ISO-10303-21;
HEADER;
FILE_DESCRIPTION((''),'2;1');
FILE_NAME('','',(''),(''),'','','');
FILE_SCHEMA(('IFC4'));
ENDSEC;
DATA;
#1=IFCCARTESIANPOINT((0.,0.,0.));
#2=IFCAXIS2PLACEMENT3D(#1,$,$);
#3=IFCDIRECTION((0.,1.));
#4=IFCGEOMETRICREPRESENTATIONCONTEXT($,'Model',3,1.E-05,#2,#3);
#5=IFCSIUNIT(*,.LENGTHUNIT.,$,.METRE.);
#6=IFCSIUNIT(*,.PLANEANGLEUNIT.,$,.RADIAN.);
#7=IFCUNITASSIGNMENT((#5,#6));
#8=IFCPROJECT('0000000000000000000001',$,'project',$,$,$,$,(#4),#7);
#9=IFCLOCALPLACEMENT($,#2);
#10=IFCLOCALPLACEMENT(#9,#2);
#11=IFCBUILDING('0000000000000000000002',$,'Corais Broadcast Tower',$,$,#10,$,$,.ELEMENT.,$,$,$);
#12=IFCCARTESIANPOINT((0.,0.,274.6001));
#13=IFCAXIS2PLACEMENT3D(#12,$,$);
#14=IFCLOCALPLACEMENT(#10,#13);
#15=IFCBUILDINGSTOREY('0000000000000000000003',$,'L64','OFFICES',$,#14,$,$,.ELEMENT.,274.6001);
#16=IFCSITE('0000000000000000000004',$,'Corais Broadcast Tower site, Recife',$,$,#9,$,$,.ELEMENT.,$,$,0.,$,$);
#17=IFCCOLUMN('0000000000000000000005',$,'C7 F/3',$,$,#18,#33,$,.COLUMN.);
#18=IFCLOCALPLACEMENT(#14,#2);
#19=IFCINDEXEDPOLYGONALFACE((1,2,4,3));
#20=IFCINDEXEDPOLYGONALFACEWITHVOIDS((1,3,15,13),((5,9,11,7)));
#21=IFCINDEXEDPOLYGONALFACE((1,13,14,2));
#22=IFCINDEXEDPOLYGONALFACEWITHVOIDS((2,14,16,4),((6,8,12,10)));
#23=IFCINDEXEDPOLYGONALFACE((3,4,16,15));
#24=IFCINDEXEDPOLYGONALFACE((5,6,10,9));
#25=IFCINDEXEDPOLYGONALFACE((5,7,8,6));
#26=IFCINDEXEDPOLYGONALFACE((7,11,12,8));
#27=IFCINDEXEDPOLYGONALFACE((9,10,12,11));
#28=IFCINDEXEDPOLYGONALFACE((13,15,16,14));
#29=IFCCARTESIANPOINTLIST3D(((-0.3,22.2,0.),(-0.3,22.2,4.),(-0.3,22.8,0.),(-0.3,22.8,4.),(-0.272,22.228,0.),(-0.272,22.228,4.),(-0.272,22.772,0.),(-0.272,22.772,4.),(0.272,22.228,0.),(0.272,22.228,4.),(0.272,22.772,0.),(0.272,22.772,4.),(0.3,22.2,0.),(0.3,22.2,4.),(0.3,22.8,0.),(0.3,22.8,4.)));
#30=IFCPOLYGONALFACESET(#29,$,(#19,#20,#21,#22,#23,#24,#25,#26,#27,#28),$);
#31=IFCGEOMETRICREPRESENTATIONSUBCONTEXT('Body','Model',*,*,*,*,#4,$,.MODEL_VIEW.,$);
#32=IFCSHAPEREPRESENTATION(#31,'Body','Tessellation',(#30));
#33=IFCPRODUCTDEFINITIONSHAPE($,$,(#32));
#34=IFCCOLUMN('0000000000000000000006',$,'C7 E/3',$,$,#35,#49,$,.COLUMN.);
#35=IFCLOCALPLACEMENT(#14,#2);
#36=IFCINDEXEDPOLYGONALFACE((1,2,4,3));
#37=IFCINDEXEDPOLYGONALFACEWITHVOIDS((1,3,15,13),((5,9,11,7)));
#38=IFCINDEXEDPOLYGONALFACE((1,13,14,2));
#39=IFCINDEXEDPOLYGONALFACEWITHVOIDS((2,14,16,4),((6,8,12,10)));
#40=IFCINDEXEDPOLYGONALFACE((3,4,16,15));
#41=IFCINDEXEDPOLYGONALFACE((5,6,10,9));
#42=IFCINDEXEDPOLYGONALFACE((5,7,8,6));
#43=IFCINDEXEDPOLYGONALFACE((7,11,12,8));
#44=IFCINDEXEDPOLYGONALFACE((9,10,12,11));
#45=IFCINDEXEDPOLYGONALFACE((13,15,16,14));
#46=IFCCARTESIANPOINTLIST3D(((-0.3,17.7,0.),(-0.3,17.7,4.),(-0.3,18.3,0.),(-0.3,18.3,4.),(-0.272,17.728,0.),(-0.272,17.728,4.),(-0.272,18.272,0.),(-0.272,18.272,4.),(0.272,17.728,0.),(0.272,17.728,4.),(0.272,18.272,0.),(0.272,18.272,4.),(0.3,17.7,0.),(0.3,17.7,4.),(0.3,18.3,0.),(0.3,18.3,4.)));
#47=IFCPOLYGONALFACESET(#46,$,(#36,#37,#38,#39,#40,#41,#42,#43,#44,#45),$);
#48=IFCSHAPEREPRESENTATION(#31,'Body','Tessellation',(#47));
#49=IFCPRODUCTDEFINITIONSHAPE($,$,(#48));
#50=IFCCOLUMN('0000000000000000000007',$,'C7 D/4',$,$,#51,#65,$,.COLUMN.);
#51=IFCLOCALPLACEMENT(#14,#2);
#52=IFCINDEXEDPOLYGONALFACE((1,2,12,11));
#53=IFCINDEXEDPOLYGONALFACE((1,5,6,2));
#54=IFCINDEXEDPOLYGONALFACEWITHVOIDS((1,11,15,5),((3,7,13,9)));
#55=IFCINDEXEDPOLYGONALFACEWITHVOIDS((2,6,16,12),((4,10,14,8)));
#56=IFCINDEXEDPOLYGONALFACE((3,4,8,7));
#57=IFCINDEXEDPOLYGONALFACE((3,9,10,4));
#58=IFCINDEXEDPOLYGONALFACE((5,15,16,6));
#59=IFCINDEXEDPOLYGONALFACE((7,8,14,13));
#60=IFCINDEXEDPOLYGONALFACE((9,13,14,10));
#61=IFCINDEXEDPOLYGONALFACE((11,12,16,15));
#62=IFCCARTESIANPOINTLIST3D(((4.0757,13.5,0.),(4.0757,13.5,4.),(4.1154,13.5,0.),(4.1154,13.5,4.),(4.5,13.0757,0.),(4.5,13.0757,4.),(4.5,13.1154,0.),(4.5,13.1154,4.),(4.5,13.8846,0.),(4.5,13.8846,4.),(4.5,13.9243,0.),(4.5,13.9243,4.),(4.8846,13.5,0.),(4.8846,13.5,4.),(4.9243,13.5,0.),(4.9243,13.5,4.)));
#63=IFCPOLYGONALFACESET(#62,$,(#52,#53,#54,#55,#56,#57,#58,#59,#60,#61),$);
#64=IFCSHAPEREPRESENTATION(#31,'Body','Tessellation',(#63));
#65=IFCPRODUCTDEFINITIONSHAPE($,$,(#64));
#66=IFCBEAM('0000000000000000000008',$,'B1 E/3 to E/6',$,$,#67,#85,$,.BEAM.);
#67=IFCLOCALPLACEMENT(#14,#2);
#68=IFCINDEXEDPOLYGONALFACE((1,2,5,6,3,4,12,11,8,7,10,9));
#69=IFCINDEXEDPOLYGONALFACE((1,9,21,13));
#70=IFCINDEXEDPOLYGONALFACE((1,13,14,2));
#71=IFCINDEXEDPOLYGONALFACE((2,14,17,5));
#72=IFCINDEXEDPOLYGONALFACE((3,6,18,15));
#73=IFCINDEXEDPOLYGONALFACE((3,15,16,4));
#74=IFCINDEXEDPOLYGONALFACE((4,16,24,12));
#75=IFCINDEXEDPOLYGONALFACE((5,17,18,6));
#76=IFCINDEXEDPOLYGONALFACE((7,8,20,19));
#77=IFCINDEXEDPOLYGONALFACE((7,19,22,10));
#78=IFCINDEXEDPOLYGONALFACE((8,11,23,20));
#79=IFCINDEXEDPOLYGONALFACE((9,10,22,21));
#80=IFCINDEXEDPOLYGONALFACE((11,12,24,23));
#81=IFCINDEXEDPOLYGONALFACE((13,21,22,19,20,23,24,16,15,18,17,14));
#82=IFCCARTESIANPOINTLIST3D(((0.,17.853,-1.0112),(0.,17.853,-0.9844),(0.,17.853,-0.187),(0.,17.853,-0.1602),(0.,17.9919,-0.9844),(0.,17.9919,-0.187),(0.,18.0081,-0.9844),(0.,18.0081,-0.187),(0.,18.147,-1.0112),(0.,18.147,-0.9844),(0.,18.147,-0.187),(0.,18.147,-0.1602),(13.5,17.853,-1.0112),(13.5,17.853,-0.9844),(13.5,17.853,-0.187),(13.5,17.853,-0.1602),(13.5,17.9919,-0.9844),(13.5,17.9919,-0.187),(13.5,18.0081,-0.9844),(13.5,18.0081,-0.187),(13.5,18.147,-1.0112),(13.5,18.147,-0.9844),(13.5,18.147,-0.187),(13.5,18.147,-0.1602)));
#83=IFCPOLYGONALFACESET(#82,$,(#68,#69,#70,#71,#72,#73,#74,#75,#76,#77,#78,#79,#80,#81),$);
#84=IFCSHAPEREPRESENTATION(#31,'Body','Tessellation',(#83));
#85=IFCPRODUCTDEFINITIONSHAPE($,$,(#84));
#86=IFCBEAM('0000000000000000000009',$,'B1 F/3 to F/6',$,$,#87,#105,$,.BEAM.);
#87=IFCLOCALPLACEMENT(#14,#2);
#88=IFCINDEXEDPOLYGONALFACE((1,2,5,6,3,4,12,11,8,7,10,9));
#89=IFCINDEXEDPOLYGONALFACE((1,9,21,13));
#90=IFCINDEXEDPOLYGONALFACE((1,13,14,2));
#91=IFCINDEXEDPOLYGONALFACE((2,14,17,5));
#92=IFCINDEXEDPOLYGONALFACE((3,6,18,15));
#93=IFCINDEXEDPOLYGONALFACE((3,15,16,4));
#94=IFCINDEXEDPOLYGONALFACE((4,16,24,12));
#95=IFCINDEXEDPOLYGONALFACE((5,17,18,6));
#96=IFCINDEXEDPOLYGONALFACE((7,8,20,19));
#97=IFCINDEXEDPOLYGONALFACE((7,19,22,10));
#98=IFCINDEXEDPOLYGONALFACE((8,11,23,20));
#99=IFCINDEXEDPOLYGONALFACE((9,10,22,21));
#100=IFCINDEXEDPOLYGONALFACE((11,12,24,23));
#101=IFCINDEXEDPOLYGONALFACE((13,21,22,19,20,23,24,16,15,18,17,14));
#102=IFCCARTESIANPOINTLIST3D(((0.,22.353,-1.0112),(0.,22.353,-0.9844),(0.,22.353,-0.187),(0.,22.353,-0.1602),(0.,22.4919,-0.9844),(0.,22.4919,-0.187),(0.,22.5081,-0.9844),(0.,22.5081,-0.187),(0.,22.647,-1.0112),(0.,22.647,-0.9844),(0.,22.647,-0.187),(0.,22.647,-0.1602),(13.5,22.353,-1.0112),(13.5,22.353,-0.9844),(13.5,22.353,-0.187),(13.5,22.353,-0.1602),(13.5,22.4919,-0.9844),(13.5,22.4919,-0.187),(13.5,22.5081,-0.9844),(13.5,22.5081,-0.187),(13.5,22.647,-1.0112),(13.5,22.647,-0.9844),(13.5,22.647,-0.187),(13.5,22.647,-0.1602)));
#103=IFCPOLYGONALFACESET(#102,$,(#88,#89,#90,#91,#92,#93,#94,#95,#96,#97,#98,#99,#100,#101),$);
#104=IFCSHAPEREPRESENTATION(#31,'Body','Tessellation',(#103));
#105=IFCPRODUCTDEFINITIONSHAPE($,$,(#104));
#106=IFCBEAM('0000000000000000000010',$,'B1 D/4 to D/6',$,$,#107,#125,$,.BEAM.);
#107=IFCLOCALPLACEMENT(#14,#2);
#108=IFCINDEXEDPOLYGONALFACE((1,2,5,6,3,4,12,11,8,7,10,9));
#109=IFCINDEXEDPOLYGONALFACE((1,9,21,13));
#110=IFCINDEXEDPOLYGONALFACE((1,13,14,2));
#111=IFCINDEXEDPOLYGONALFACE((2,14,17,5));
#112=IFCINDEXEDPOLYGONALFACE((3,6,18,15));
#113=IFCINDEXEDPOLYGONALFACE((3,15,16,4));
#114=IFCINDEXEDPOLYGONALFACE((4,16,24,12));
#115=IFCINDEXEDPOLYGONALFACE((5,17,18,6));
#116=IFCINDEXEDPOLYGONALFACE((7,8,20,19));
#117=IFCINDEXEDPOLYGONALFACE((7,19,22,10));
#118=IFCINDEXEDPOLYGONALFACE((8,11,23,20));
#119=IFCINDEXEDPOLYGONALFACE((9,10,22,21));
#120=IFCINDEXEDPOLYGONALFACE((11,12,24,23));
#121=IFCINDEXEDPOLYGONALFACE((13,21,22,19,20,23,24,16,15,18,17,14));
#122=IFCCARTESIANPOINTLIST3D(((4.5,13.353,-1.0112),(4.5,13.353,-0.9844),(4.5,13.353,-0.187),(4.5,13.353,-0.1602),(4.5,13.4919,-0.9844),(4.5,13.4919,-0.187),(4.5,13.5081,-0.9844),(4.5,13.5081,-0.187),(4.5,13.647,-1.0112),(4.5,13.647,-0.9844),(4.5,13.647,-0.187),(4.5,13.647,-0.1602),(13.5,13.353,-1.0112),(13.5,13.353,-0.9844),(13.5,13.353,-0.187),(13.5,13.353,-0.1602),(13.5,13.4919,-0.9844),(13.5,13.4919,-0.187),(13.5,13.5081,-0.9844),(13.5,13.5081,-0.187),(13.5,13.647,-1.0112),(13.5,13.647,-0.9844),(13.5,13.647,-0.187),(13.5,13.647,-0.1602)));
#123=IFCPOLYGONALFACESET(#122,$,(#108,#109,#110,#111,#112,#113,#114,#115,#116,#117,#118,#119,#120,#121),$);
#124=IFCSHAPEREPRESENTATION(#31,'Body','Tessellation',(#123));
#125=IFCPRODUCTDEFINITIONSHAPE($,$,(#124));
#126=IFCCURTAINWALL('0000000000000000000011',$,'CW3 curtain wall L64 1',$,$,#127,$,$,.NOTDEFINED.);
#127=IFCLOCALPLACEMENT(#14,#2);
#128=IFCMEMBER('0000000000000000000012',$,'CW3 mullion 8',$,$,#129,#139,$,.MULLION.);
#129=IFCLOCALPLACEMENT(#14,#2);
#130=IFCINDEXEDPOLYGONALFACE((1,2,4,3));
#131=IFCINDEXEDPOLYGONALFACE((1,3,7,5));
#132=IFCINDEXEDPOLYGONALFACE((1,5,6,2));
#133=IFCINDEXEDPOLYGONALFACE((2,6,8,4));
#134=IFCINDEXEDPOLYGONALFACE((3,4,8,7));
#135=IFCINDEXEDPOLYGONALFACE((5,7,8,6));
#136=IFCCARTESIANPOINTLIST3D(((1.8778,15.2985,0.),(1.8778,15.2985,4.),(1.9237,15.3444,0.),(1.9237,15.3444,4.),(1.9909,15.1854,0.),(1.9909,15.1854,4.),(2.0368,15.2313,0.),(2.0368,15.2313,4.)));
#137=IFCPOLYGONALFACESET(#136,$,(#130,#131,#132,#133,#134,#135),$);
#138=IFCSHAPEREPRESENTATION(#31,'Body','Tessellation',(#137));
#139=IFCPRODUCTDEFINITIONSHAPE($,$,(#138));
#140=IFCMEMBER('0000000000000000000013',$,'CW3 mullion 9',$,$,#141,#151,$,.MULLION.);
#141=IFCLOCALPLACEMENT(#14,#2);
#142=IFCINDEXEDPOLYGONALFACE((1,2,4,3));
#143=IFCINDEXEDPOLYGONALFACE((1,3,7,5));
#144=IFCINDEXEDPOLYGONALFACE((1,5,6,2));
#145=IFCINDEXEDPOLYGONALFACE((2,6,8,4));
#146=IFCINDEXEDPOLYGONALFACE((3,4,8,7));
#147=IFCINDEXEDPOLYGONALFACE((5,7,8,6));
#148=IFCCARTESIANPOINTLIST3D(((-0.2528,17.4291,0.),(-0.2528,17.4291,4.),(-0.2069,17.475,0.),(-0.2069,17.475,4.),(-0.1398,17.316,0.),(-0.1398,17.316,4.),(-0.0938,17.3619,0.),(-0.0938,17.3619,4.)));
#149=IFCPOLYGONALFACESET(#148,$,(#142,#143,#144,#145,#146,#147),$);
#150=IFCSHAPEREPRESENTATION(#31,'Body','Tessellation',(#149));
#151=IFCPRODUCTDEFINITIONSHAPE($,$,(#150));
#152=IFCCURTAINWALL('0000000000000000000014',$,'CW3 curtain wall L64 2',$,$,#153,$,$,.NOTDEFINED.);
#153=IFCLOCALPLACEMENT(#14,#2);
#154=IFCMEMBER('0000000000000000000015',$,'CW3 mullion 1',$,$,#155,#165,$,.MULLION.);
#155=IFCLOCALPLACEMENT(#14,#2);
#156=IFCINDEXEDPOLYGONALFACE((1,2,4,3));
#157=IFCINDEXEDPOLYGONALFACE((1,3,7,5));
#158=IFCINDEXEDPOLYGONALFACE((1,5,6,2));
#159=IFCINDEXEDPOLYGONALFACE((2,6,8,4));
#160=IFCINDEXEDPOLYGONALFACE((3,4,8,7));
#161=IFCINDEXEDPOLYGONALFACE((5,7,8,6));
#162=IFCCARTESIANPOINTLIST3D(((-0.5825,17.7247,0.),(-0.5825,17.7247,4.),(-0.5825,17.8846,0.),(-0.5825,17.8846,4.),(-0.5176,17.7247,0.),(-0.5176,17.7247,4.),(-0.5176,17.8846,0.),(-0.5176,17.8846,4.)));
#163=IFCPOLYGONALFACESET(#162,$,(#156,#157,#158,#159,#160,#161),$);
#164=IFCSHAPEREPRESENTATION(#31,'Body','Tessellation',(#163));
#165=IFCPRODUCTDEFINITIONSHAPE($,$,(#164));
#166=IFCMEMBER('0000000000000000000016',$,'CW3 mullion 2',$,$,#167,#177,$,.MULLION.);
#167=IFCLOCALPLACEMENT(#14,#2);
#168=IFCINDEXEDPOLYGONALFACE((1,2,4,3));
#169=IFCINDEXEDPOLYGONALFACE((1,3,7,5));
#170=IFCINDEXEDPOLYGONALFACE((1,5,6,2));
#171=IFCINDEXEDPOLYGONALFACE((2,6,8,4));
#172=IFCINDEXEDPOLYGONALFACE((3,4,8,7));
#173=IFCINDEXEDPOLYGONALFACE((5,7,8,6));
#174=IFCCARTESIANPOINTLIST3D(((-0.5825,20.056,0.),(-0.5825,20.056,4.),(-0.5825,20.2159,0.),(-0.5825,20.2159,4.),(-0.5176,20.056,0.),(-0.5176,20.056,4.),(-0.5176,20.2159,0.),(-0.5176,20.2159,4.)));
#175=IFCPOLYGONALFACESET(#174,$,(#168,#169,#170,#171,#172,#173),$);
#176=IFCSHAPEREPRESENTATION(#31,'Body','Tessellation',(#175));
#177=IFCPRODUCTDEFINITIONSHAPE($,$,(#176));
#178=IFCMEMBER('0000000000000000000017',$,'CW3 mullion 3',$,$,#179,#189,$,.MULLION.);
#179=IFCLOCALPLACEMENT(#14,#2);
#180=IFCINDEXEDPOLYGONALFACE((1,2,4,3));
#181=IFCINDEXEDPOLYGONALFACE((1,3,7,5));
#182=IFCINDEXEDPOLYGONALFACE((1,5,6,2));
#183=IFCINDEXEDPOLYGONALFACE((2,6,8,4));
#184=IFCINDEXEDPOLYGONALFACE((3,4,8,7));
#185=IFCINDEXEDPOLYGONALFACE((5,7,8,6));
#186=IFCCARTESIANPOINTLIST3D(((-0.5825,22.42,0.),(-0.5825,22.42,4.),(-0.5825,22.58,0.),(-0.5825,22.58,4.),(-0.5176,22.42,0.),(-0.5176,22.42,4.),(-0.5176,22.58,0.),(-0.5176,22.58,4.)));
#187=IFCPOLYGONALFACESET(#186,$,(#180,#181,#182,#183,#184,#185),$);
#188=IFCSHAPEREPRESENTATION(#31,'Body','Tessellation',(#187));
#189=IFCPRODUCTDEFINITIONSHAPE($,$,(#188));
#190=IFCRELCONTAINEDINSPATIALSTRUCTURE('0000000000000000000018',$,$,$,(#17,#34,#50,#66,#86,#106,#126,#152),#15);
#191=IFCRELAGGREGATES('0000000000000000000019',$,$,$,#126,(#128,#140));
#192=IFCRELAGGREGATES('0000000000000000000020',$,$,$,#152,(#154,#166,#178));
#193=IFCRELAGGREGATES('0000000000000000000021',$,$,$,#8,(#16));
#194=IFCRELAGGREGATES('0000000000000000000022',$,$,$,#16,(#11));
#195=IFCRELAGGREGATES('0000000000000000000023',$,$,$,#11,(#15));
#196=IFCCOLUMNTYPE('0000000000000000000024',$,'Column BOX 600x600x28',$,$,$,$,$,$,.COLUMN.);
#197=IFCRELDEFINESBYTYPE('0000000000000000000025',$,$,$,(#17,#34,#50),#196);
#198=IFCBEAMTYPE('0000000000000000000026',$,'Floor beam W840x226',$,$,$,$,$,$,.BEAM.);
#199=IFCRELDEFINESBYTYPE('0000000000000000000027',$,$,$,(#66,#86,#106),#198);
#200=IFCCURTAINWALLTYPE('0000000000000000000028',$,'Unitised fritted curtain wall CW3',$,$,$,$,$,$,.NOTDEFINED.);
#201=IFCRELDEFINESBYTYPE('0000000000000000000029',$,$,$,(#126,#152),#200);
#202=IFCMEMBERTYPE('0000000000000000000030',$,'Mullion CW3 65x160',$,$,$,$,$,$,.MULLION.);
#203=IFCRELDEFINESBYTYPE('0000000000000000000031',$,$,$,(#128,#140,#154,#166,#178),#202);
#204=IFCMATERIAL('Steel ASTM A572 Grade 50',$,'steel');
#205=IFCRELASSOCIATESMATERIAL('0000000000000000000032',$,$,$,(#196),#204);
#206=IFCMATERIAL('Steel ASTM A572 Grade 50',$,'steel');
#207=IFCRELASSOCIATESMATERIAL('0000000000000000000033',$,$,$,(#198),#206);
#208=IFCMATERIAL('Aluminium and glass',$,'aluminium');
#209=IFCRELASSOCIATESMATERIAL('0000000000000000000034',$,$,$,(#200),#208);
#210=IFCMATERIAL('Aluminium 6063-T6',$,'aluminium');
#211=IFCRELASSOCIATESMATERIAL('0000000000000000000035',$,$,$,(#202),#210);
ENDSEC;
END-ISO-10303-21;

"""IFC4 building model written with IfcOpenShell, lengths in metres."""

from ifc_helpers import new_model, si_unit, direction, frame, origin, origin_2d, place, context, subcontext, project, spatial, rectangle, hollow_rectangle, i_section, extrude, material, material_profile, profile_set, type_object, element, aggregate, save


model = new_model("IFC4")

# Units and contexts
model_context = context("Model", 3, precision=1e-05, world=origin(), true_north=direction((0.0, 1.0)))
body_context = subcontext(model_context, "Body", "Model", "MODEL_VIEW")
ifc_project = project(units=[si_unit("LENGTHUNIT", "METRE"), si_unit("PLANEANGLEUNIT", "RADIAN")], contexts=[model_context])

# Site, building, storey
site_placement = place(None, origin())
site = spatial("IfcSite", under=ifc_project, at=site_placement, Name="Corais Broadcast Tower site, Recife", CompositionType="ELEMENT", RefElevation=0.0)
building_placement = place(site_placement, origin())
building = spatial("IfcBuilding", under=site, at=building_placement, Name="Corais Broadcast Tower", CompositionType="ELEMENT")
storey_placement = place(building_placement, frame((0.0, 0.0, 274.6001)))
storey = spatial("IfcBuildingStorey", under=building, at=storey_placement, Name="L64", Description="OFFICES", CompositionType="ELEMENT", Elevation=274.6001)

# Columns
ifc_material_1 = material(Name="Steel ASTM A572 Grade 50", Category="steel")
ifc_material_profile_1 = material_profile(ifc_material_1, hollow_rectangle(XDim=0.6001, YDim=0.6001, WallThickness=0.0281, at=origin_2d()), Name="BOX 600x600x28")
ifc_profile_set_1 = profile_set([ifc_material_profile_1], Name="Steel ASTM A572 Grade 50")
column_type = type_object("IfcColumnType", Name="Column BOX 600x600x28", PredefinedType="COLUMN", material=ifc_profile_set_1)
for number, where, z_axis, x_axis, name in (
    (1, (0.0, 22.5, 0.0), (0.0, 0.0, 1.0), (1.0, 0.0, 0.0), "C7 F/3"),
    (2, (0.0, 18.0, 0.0), (0.0, 0.0, 1.0), (1.0, 0.0, 0.0), "C7 E/3"),
    (3, (4.5, 13.5, 0.0), (0.0, 0.0, 1.0), (0.707107, 0.707107, 0.0), "C7 D/4"),
):
    element("IfcColumn", number, at=place(storey_placement, frame(where, z_axis=z_axis, x_axis=x_axis)), inside=storey, type_object=column_type, Name=name, PredefinedType="COLUMN", context=body_context, shape_type="SweptSolid", body=[
        extrude(hollow_rectangle(XDim=0.6001, YDim=0.6001, WallThickness=0.0281, at=origin_2d()), origin(), (0.0, 0.0, 1.0), 4.0),
    ])

# Beams
ifc_material_2 = material(Name="Steel ASTM A572 Grade 50", Category="steel")
ifc_material_profile_2 = material_profile(ifc_material_2, i_section(OverallWidth=0.2939, OverallDepth=0.8511, WebThickness=0.0161, FlangeThickness=0.0269, at=origin_2d()), Name="W840x226")
ifc_profile_set_2 = profile_set([ifc_material_profile_2], Name="Steel ASTM A572 Grade 50")
beam_type_1 = type_object("IfcBeamType", Name="Floor beam W840x226", PredefinedType="BEAM", material=ifc_profile_set_2)
for number, where, z_axis, x_axis, name in (
    (4, (0.0, 18.0, -0.5857), (1.0, 0.0, 0.0), (0.0, 1.0, 0.0), "B1 E/3 to E/6"),
    (5, (0.0, 22.5, -0.5857), (1.0, 0.0, 0.0), (0.0, 1.0, 0.0), "B1 F/3 to F/6"),
):
    element("IfcBeam", number, at=place(storey_placement, frame(where, z_axis=z_axis, x_axis=x_axis)), inside=storey, type_object=beam_type_1, Name=name, PredefinedType="BEAM", context=body_context, shape_type="SweptSolid", body=[
        extrude(i_section(OverallWidth=0.2939, OverallDepth=0.8511, WebThickness=0.0161, FlangeThickness=0.0269, at=origin_2d()), origin(), (0.0, 0.0, 1.0), 13.5),
    ])
beam_1_placement = place(storey_placement, frame((4.5, 13.5, -0.5857), z_axis=(1.0, 0.0, 0.0), x_axis=(0.0, 1.0, 0.0)))
element("IfcBeam", 6, at=beam_1_placement, inside=storey, type_object=beam_type_1, Name="B1 D/4 to D/6", PredefinedType="BEAM", context=body_context, shape_type="SweptSolid", body=[
    extrude(i_section(OverallWidth=0.2939, OverallDepth=0.8511, WebThickness=0.0161, FlangeThickness=0.0269, at=origin_2d()), origin(), (0.0, 0.0, 1.0), 9.0),
])

# Curtain walls, members
ifc_material_3 = material(Name="Aluminium and glass", Category="aluminium")
curtain_wall_type = type_object("IfcCurtainWallType", Name="Unitised fritted curtain wall CW3", PredefinedType="NOTDEFINED", material=ifc_material_3)
curtain_wall_1_placement = place(storey_placement, origin())
curtain_wall_1 = element("IfcCurtainWall", 7, at=curtain_wall_1_placement, inside=storey, type_object=curtain_wall_type, Name="CW3 curtain wall L64 1", PredefinedType="NOTDEFINED")
ifc_material_4 = material(Name="Aluminium 6063-T6", Category="aluminium")
ifc_material_profile_3 = material_profile(ifc_material_4, rectangle(XDim=0.0649, YDim=0.1599, at=origin_2d()), Name="Mullion CW3 65x160")
ifc_profile_set_3 = profile_set([ifc_material_profile_3], Name="Aluminium 6063-T6")
member_type_1 = type_object("IfcMemberType", Name="Mullion CW3 65x160", PredefinedType="MULLION", material=ifc_profile_set_3)
member_1_placement = place(storey_placement, frame((1.9573, 15.2649, 0.0), z_axis=(0.0, 0.0, 1.0), x_axis=(-0.707107, -0.707107, 0.0)))
member_1 = element("IfcMember", 8, at=member_1_placement, type_object=member_type_1, Name="CW3 mullion 8", PredefinedType="MULLION", context=body_context, shape_type="SweptSolid", body=[
    extrude(rectangle(XDim=0.0649, YDim=0.1599, at=origin_2d()), origin(), (0.0, 0.0, 1.0), 4.0),
])
member_2_placement = place(storey_placement, frame((-0.1733, 17.3955, 0.0), z_axis=(0.0, 0.0, 1.0), x_axis=(-0.707107, -0.707107, 0.0)))
member_2 = element("IfcMember", 9, at=member_2_placement, type_object=member_type_1, Name="CW3 mullion 9", PredefinedType="MULLION", context=body_context, shape_type="SweptSolid", body=[
    extrude(rectangle(XDim=0.0649, YDim=0.1599, at=origin_2d()), origin(), (0.0, 0.0, 1.0), 4.0),
])
curtain_wall_2_placement = place(storey_placement, origin())
curtain_wall_2 = element("IfcCurtainWall", 10, at=curtain_wall_2_placement, inside=storey, type_object=curtain_wall_type, Name="CW3 curtain wall L64 2", PredefinedType="NOTDEFINED")
member_3_placement = place(storey_placement, frame((-0.55, 17.8047, 0.0), z_axis=(0.0, 0.0, 1.0), x_axis=(-1.0, 0.0, 0.0)))
member_3 = element("IfcMember", 11, at=member_3_placement, type_object=member_type_1, Name="CW3 mullion 1", PredefinedType="MULLION", context=body_context, shape_type="SweptSolid", body=[
    extrude(rectangle(XDim=0.0649, YDim=0.1599, at=origin_2d()), origin(), (0.0, 0.0, 1.0), 4.0),
])
member_4_placement = place(storey_placement, frame((-0.55, 20.136, 0.0), z_axis=(0.0, 0.0, 1.0), x_axis=(-1.0, 0.0, 0.0)))
member_4 = element("IfcMember", 12, at=member_4_placement, type_object=member_type_1, Name="CW3 mullion 2", PredefinedType="MULLION", context=body_context, shape_type="SweptSolid", body=[
    extrude(rectangle(XDim=0.0649, YDim=0.1599, at=origin_2d()), origin(), (0.0, 0.0, 1.0), 4.0),
])
member_5_placement = place(storey_placement, frame((-0.55, 22.5, 0.0), z_axis=(0.0, 0.0, 1.0), x_axis=(-1.0, 0.0, 0.0)))
member_5 = element("IfcMember", 13, at=member_5_placement, type_object=member_type_1, Name="CW3 mullion 3", PredefinedType="MULLION", context=body_context, shape_type="SweptSolid", body=[
    extrude(rectangle(XDim=0.0649, YDim=0.1599, at=origin_2d()), origin(), (0.0, 0.0, 1.0), 4.0),
])

aggregate(curtain_wall_1, [member_1, member_2])
aggregate(curtain_wall_2, [member_3, member_4, member_5])

save(model, "model.ifc")
